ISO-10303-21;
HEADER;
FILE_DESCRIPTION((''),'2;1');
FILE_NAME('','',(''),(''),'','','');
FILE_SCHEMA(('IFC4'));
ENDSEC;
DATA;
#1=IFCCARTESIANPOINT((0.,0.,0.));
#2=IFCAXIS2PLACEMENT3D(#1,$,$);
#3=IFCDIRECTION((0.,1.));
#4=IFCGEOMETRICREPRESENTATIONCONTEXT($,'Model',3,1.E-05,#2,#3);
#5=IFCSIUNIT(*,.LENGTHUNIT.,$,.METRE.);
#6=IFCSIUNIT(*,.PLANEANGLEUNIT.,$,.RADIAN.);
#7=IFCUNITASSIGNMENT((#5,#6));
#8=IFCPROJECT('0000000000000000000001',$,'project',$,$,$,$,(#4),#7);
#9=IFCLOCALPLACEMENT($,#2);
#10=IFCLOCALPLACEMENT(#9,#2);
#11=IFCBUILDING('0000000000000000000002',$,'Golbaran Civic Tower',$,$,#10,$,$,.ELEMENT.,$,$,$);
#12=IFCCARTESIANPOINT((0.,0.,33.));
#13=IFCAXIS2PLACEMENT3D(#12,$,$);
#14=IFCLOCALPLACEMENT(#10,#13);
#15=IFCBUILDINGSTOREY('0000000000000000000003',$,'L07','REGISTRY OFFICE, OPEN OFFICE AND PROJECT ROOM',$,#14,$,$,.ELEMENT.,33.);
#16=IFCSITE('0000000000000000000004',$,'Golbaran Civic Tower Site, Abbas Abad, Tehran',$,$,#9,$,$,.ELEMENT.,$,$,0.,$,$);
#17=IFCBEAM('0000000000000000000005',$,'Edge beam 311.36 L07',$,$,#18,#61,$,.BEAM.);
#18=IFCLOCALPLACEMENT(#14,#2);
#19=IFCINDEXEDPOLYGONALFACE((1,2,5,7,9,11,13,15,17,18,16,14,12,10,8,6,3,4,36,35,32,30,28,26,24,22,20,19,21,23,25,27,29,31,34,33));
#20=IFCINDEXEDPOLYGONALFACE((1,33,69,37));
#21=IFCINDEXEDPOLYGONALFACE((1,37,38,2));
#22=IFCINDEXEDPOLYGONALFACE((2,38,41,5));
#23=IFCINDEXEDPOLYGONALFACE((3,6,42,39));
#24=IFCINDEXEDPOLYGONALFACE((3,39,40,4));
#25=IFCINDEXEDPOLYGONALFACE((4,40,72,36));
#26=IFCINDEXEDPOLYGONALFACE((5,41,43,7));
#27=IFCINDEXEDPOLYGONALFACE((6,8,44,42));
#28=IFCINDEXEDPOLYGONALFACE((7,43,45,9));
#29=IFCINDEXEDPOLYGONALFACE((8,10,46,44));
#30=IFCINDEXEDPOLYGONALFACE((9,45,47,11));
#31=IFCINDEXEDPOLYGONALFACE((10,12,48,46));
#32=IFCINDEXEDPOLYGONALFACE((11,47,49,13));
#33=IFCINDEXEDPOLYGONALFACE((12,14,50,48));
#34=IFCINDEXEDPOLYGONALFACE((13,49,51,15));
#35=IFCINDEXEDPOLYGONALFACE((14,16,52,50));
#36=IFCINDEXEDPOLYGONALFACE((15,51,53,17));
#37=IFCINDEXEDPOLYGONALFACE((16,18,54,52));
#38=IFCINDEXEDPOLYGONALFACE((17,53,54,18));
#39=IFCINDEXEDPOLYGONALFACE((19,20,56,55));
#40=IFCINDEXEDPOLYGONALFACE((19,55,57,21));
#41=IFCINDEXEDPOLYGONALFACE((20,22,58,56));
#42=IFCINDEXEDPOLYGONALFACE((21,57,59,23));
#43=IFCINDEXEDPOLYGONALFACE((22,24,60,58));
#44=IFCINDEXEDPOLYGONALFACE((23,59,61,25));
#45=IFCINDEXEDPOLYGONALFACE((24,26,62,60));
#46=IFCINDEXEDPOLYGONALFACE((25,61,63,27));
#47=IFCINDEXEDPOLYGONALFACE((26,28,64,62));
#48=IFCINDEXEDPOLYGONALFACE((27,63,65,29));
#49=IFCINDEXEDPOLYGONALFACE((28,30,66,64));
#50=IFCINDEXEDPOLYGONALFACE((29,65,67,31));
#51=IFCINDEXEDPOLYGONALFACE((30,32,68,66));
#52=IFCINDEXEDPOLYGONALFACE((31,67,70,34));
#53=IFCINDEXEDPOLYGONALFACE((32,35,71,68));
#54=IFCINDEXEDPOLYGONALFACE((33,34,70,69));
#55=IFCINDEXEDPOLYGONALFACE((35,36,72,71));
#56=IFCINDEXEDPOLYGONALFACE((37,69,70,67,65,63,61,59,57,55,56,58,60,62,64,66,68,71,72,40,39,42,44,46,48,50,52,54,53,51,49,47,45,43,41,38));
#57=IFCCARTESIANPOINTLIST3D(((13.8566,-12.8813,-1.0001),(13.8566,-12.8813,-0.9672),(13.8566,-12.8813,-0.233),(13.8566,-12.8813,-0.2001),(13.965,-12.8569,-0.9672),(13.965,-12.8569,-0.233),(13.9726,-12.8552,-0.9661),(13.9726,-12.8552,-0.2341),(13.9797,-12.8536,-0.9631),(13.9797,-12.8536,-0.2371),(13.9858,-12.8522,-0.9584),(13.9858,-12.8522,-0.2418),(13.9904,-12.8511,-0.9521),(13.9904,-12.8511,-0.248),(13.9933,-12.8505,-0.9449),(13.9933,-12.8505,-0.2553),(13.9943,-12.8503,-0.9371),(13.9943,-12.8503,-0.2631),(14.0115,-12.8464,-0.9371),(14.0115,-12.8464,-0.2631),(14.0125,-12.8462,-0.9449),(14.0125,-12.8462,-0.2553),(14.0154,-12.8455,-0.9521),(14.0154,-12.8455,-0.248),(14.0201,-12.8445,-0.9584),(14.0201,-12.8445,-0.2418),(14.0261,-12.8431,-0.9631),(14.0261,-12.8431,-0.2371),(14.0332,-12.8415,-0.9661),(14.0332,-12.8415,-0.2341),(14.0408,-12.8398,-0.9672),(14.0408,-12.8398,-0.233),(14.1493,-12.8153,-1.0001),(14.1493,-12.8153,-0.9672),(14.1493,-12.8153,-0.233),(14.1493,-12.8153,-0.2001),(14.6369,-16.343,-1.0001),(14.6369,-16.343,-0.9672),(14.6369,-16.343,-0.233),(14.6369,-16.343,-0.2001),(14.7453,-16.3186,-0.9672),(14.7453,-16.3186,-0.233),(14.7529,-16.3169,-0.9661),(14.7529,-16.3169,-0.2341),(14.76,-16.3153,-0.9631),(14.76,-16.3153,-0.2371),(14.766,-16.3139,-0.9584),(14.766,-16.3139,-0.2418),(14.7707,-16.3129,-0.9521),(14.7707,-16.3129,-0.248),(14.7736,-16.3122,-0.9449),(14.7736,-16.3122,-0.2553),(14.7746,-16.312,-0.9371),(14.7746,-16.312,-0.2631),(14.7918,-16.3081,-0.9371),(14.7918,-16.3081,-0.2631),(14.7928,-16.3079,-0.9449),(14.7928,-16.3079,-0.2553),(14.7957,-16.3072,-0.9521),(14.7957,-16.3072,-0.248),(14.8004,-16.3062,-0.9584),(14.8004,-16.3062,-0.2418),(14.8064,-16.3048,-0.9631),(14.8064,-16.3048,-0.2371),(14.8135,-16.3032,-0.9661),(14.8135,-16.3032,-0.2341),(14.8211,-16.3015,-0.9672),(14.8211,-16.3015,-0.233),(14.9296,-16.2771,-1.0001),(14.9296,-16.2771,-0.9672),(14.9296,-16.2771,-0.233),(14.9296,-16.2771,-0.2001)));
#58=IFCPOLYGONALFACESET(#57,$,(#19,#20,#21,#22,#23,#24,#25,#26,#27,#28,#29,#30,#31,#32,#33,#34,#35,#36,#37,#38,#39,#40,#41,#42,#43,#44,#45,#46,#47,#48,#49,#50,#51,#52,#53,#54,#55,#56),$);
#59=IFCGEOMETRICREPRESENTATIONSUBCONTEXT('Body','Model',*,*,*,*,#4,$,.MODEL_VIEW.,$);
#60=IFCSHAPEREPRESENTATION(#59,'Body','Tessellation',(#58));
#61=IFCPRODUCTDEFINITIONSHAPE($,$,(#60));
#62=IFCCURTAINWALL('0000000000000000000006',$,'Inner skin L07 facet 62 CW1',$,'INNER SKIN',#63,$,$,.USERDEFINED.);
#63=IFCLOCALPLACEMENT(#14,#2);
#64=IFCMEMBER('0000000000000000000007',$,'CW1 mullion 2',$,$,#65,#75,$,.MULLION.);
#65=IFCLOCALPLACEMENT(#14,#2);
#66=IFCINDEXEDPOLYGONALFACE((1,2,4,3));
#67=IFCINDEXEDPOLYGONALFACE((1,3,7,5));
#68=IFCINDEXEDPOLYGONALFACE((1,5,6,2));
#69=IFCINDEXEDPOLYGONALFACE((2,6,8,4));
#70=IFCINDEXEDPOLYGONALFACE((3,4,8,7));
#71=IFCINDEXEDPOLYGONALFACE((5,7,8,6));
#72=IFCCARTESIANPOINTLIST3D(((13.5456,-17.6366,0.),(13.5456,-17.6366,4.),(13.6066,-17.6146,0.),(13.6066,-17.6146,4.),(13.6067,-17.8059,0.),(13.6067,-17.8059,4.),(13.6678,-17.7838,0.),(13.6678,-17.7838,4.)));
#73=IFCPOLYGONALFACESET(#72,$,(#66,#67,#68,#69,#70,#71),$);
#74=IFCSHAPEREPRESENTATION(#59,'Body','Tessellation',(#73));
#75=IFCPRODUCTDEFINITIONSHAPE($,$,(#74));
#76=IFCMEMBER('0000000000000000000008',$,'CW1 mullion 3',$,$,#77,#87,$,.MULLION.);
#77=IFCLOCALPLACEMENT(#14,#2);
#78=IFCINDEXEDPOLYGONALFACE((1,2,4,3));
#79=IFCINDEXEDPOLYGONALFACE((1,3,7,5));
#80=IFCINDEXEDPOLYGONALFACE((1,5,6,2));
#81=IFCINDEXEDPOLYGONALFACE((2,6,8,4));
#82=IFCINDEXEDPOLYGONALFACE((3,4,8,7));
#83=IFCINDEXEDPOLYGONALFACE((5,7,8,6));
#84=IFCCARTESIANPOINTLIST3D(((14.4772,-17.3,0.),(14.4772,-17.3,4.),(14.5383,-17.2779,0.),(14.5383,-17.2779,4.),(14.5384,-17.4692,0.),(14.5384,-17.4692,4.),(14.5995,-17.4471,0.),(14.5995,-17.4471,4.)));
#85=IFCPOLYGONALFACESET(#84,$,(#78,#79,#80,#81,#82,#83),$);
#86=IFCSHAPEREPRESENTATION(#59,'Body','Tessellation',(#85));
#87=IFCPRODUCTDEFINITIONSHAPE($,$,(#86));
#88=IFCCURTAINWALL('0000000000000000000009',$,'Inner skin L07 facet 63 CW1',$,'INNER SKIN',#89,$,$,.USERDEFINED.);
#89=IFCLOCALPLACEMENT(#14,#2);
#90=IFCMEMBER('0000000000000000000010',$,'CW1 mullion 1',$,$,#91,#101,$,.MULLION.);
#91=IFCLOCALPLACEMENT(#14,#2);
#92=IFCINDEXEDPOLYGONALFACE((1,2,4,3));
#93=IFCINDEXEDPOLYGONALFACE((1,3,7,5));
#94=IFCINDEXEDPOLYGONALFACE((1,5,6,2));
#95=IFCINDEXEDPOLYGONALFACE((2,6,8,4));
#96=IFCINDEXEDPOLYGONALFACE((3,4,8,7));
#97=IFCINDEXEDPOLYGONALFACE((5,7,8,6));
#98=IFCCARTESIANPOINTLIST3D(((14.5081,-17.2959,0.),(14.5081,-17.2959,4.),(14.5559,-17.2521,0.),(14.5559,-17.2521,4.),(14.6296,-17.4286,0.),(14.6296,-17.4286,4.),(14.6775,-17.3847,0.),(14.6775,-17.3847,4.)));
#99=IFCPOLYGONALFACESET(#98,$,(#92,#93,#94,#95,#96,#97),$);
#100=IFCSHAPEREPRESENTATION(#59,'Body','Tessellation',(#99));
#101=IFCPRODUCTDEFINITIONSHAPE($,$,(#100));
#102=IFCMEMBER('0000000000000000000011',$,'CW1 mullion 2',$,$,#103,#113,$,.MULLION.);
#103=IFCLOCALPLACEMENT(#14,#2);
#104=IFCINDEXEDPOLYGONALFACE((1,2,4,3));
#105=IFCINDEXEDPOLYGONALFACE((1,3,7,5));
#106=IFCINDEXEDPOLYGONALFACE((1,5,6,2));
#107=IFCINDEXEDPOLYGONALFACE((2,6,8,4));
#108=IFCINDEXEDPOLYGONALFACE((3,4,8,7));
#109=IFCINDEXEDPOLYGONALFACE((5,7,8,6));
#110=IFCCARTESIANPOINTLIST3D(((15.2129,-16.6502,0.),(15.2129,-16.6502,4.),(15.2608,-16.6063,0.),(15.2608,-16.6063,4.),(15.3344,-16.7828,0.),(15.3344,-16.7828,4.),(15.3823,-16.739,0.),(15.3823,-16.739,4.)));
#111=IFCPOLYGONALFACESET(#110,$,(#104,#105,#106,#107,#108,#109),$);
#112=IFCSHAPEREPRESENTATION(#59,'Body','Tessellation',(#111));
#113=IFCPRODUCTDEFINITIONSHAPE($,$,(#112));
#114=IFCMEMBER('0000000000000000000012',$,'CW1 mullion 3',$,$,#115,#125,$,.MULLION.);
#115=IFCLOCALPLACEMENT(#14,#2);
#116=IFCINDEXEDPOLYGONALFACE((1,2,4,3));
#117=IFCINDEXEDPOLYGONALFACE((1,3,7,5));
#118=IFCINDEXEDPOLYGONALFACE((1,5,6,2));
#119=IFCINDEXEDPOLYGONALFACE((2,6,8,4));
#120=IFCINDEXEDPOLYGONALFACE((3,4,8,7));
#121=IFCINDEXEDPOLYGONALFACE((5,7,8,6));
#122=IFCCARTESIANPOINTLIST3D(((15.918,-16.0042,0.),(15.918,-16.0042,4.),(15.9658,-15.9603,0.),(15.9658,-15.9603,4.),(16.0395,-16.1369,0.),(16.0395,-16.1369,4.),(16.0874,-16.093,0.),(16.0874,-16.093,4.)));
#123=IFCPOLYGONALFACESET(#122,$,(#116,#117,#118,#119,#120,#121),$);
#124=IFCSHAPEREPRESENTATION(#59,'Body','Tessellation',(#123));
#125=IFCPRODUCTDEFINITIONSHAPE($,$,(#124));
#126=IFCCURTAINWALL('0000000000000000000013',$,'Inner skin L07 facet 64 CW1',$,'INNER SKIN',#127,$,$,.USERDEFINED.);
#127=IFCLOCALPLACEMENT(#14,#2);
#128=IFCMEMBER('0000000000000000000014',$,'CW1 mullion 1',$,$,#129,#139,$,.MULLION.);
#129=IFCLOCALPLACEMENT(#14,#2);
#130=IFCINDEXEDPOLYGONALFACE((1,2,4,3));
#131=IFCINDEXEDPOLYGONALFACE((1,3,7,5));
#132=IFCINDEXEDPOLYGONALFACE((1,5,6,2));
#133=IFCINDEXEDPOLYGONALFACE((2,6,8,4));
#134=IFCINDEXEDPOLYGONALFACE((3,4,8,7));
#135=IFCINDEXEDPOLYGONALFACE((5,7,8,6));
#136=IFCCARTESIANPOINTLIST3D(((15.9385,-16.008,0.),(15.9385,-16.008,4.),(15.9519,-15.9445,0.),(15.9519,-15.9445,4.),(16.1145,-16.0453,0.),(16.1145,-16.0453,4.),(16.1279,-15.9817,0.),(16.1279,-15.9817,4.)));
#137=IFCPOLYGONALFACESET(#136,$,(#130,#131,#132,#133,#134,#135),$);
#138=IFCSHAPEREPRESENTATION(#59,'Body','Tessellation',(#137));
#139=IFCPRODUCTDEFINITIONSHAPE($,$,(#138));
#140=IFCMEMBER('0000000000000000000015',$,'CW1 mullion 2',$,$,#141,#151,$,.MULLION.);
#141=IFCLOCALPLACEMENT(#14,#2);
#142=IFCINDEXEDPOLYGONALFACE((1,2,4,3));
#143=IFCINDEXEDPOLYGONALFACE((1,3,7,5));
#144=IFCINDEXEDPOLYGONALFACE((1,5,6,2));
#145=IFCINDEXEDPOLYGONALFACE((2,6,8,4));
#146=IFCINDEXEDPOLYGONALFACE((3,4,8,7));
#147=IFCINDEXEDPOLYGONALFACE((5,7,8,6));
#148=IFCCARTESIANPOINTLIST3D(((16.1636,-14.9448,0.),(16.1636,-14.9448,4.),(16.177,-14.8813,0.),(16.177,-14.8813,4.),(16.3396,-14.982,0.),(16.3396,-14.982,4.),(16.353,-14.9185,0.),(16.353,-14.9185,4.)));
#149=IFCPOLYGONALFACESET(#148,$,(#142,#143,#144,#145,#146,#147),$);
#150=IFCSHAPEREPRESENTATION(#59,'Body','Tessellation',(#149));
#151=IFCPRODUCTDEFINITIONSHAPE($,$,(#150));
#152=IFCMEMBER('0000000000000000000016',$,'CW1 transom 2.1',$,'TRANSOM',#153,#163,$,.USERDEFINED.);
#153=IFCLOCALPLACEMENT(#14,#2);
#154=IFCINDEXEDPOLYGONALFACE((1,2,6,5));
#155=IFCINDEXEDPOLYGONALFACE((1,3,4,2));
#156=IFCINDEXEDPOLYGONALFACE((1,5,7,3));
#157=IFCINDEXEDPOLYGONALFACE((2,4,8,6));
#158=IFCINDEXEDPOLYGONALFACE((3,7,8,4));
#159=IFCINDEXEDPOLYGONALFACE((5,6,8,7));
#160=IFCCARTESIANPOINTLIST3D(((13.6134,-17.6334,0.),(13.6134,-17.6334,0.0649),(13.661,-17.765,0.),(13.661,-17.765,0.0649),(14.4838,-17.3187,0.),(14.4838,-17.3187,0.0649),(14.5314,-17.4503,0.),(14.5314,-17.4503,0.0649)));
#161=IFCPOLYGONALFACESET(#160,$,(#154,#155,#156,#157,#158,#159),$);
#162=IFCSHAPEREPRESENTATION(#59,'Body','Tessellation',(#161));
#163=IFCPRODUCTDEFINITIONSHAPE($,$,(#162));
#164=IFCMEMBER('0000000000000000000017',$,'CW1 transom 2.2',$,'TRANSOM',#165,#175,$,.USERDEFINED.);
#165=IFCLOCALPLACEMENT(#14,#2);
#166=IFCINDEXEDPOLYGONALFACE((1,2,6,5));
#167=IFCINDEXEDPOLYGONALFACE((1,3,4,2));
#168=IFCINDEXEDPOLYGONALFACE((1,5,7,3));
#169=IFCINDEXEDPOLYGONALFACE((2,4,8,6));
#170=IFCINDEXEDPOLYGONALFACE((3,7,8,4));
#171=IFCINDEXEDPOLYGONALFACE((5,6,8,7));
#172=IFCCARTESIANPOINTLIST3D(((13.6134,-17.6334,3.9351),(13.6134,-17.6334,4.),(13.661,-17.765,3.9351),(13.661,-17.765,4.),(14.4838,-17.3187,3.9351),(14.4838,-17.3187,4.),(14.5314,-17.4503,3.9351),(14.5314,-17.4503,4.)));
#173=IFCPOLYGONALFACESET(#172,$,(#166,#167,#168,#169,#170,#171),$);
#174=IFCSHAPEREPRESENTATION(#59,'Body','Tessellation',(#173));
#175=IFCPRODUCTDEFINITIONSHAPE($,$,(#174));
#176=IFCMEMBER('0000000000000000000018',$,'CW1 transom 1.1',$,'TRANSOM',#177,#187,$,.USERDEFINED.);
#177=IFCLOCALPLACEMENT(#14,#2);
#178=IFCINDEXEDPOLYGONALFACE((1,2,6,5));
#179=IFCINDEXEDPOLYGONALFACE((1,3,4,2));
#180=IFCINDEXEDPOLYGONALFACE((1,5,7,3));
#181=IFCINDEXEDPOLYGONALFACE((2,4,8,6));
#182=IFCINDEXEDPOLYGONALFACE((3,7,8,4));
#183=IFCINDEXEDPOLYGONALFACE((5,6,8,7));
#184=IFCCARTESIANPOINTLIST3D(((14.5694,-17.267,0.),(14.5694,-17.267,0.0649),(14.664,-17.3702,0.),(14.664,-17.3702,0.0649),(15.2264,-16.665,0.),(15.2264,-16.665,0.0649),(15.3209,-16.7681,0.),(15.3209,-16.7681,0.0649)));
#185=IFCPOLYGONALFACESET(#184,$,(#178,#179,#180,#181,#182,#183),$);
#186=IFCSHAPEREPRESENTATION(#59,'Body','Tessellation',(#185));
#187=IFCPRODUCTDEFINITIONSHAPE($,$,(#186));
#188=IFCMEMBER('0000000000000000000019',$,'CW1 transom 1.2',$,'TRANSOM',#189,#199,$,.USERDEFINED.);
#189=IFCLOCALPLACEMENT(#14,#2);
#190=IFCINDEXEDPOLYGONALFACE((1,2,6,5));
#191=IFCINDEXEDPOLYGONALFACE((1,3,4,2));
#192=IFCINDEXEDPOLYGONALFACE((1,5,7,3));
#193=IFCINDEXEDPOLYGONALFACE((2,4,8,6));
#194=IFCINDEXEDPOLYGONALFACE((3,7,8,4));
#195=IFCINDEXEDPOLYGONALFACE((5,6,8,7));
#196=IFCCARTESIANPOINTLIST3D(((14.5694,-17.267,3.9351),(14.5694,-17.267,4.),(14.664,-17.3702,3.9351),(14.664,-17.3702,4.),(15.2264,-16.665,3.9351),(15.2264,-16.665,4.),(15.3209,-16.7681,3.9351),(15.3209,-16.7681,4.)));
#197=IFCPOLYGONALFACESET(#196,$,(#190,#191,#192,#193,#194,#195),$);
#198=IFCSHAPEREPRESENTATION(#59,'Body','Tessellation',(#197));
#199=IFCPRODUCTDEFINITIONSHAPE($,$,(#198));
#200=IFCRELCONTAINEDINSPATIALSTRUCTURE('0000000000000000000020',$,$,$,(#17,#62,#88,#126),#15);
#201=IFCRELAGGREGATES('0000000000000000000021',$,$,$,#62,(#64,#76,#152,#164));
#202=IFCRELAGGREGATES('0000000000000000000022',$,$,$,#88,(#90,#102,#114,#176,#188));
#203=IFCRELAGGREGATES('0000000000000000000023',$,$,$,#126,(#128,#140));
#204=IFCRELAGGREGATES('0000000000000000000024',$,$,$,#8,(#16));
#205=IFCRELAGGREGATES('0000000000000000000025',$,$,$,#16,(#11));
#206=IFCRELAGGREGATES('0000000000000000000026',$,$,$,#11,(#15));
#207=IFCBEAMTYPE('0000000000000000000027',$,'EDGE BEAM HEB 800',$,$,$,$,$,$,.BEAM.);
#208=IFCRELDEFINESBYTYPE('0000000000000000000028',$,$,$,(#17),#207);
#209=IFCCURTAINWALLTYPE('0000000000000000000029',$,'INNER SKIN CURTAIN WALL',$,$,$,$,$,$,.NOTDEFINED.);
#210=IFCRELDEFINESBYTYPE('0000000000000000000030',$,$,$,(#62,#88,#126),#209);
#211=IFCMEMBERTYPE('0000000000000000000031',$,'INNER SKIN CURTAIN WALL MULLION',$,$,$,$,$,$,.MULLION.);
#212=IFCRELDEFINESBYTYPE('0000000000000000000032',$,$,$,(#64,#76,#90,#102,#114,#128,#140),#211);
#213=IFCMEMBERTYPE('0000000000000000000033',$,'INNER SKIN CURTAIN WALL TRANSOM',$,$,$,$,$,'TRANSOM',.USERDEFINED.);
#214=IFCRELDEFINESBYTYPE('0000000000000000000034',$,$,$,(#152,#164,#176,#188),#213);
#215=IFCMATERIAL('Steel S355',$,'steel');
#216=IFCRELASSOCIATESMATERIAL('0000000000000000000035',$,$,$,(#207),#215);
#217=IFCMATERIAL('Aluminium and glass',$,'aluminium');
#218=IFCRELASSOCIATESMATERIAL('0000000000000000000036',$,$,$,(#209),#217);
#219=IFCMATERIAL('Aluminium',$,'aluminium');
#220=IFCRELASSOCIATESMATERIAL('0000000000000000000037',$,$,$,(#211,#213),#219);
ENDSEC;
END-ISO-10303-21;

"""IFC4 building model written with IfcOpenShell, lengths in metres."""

from ifc_helpers import new_model, si_unit, direction, frame, origin, origin_2d, place, context, subcontext, project, spatial, rectangle, i_section, extrude, material, material_profile, profile_set, type_object, element, aggregate, save


model = new_model("IFC4")

# Units and contexts
model_context = context("Model", 3, precision=1e-05, world=origin(), true_north=direction((0.0, 1.0)))
body_context = subcontext(model_context, "Body", "Model", "MODEL_VIEW")
ifc_project = project(units=[si_unit("LENGTHUNIT", "METRE"), si_unit("PLANEANGLEUNIT", "RADIAN")], contexts=[model_context])

# Site, building, storey
site_placement = place(None, origin())
site = spatial("IfcSite", under=ifc_project, at=site_placement, Name="Golbaran Civic Tower Site, Abbas Abad, Tehran", CompositionType="ELEMENT", RefElevation=0.0)
building_placement = place(site_placement, origin())
building = spatial("IfcBuilding", under=site, at=building_placement, Name="Golbaran Civic Tower", CompositionType="ELEMENT")
storey_placement = place(building_placement, frame((0.0, 0.0, 33.0)))
storey = spatial("IfcBuildingStorey", under=building, at=storey_placement, Name="L07", Description="REGISTRY OFFICE, OPEN OFFICE AND PROJECT ROOM", CompositionType="ELEMENT", Elevation=33.0)

# Beam
ifc_material_1 = material(Name="Steel S355", Category="steel")
ifc_material_profile_1 = material_profile(ifc_material_1, i_section(OverallWidth=0.3, OverallDepth=0.8, WebThickness=0.0176, FlangeThickness=0.033, FilletRadius=0.03, at=origin_2d()), Name="HEB 800")
ifc_profile_set_1 = profile_set([ifc_material_profile_1], Name="Steel S355")
beam_type = type_object("IfcBeamType", Name="EDGE BEAM HEB 800", PredefinedType="BEAM", material=ifc_profile_set_1)
beam_placement = place(storey_placement, frame((14.7832, -16.3101, -0.6001), z_axis=(-0.219887, 0.975525, 0.0), x_axis=(-0.975525, -0.219887, 0.0)))
element("IfcBeam", 1, at=beam_placement, inside=storey, type_object=beam_type, Name="Edge beam 311.36 L07", PredefinedType="BEAM", context=body_context, shape_type="SweptSolid", body=[
    extrude(i_section(OverallWidth=0.3, OverallDepth=0.8, WebThickness=0.0176, FlangeThickness=0.033, FilletRadius=0.03, at=origin_2d()), origin(), (0.0, 0.0, 1.0), 3.5486),
])

# Curtain walls, members
ifc_material_2 = material(Name="Aluminium and glass", Category="aluminium")
curtain_wall_type = type_object("IfcCurtainWallType", Name="INNER SKIN CURTAIN WALL", PredefinedType="NOTDEFINED", material=ifc_material_2)
curtain_wall_1_placement = place(storey_placement, origin())
curtain_wall_1 = element("IfcCurtainWall", 2, at=curtain_wall_1_placement, inside=storey, type_object=curtain_wall_type, Name="Inner skin L07 facet 62 CW1", ObjectType="INNER SKIN", PredefinedType="USERDEFINED")
ifc_material_3 = material(Name="Aluminium", Category="aluminium")
ifc_material_profile_2 = material_profile(ifc_material_3, rectangle(XDim=0.1799, YDim=0.0649, at=origin_2d()), Name="INNER SKIN CURTAIN WALL MULLION")
ifc_profile_set_2 = profile_set([ifc_material_profile_2], Name="Aluminium")
member_type_1 = type_object("IfcMemberType", Name="INNER SKIN CURTAIN WALL MULLION", PredefinedType="MULLION", material=ifc_profile_set_2)
member_1_placement = place(storey_placement, frame((13.6067, -17.7102, 0.0), z_axis=(0.0, 0.0, 1.0), x_axis=(-0.340045, 0.940409, 0.0)))
member_1 = element("IfcMember", 3, at=member_1_placement, type_object=member_type_1, Name="CW1 mullion 2", PredefinedType="MULLION", context=body_context, shape_type="SweptSolid", body=[
    extrude(rectangle(XDim=0.1799, YDim=0.0649, at=origin_2d()), origin(), (0.0, 0.0, 1.0), 4.0),
])
member_2_placement = place(storey_placement, frame((14.5383, -17.3735, 0.0), z_axis=(0.0, 0.0, 1.0), x_axis=(-0.340045, 0.940409, 0.0)))
member_2 = element("IfcMember", 4, at=member_2_placement, type_object=member_type_1, Name="CW1 mullion 3", PredefinedType="MULLION", context=body_context, shape_type="SweptSolid", body=[
    extrude(rectangle(XDim=0.1799, YDim=0.0649, at=origin_2d()), origin(), (0.0, 0.0, 1.0), 4.0),
])
curtain_wall_2_placement = place(storey_placement, origin())
curtain_wall_2 = element("IfcCurtainWall", 5, at=curtain_wall_2_placement, inside=storey, type_object=curtain_wall_type, Name="Inner skin L07 facet 63 CW1", ObjectType="INNER SKIN", PredefinedType="USERDEFINED")
member_3_placement = place(storey_placement, frame((14.5928, -17.3403, 0.0), z_axis=(0.0, 0.0, 1.0), x_axis=(-0.67559, 0.737277, 0.0)))
member_3 = element("IfcMember", 6, at=member_3_placement, type_object=member_type_1, Name="CW1 mullion 1", PredefinedType="MULLION", context=body_context, shape_type="SweptSolid", body=[
    extrude(rectangle(XDim=0.1799, YDim=0.0649, at=origin_2d()), origin(), (0.0, 0.0, 1.0), 4.0),
])
member_4_placement = place(storey_placement, frame((15.2976, -16.6946, 0.0), z_axis=(0.0, 0.0, 1.0), x_axis=(-0.67559, 0.737277, 0.0)))
member_4 = element("IfcMember", 7, at=member_4_placement, type_object=member_type_1, Name="CW1 mullion 2", PredefinedType="MULLION", context=body_context, shape_type="SweptSolid", body=[
    extrude(rectangle(XDim=0.1799, YDim=0.0649, at=origin_2d()), origin(), (0.0, 0.0, 1.0), 4.0),
])
member_5_placement = place(storey_placement, frame((16.0027, -16.0486, 0.0), z_axis=(0.0, 0.0, 1.0), x_axis=(-0.67559, 0.737277, 0.0)))
member_5 = element("IfcMember", 8, at=member_5_placement, type_object=member_type_1, Name="CW1 mullion 3", PredefinedType="MULLION", context=body_context, shape_type="SweptSolid", body=[
    extrude(rectangle(XDim=0.1799, YDim=0.0649, at=origin_2d()), origin(), (0.0, 0.0, 1.0), 4.0),
])
curtain_wall_3_placement = place(storey_placement, origin())
curtain_wall_3 = element("IfcCurtainWall", 9, at=curtain_wall_3_placement, inside=storey, type_object=curtain_wall_type, Name="Inner skin L07 facet 64 CW1", ObjectType="INNER SKIN", PredefinedType="USERDEFINED")
member_6_placement = place(storey_placement, frame((16.0332, -15.9949, 0.0), z_axis=(0.0, 0.0, 1.0), x_axis=(-0.978346, 0.206977, 0.0)))
member_6 = element("IfcMember", 10, at=member_6_placement, type_object=member_type_1, Name="CW1 mullion 1", PredefinedType="MULLION", context=body_context, shape_type="SweptSolid", body=[
    extrude(rectangle(XDim=0.1799, YDim=0.0649, at=origin_2d()), origin(), (0.0, 0.0, 1.0), 4.0),
])
member_7_placement = place(storey_placement, frame((16.2583, -14.9316, 0.0), z_axis=(0.0, 0.0, 1.0), x_axis=(-0.978346, 0.206977, 0.0)))
member_7 = element("IfcMember", 11, at=member_7_placement, type_object=member_type_1, Name="CW1 mullion 2", PredefinedType="MULLION", context=body_context, shape_type="SweptSolid", body=[
    extrude(rectangle(XDim=0.1799, YDim=0.0649, at=origin_2d()), origin(), (0.0, 0.0, 1.0), 4.0),
])

# Members
ifc_material_profile_3 = material_profile(ifc_material_3, rectangle(XDim=0.1399, YDim=0.0649, at=origin_2d()), Name="INNER SKIN CURTAIN WALL TRANSOM")
ifc_profile_set_3 = profile_set([ifc_material_profile_3], Name="Aluminium")
member_type_2 = type_object("IfcMemberType", Name="INNER SKIN CURTAIN WALL TRANSOM", ElementType="TRANSOM", PredefinedType="USERDEFINED", material=ifc_profile_set_3)
member_8_placement = place(storey_placement, frame((13.6372, -17.6992, 0.0325), z_axis=(0.940416, 0.340027, 0.0), x_axis=(-0.340027, 0.940416, 0.0)))
member_8 = element("IfcMember", 12, at=member_8_placement, type_object=member_type_2, Name="CW1 transom 2.1", ObjectType="TRANSOM", PredefinedType="USERDEFINED", context=body_context, shape_type="SweptSolid", body=[
    extrude(rectangle(XDim=0.1399, YDim=0.0649, at=origin_2d()), origin(), (0.0, 0.0, 1.0), 0.9255),
])
member_9_placement = place(storey_placement, frame((13.6372, -17.6992, 3.9675), z_axis=(0.940416, 0.340027, 0.0), x_axis=(-0.340027, 0.940416, 0.0)))
member_9 = element("IfcMember", 13, at=member_9_placement, type_object=member_type_2, Name="CW1 transom 2.2", ObjectType="TRANSOM", PredefinedType="USERDEFINED", context=body_context, shape_type="SweptSolid", body=[
    extrude(rectangle(XDim=0.1399, YDim=0.0649, at=origin_2d()), origin(), (0.0, 0.0, 1.0), 0.9255),
])
member_10_placement = place(storey_placement, frame((14.6167, -17.3186, 0.0325), z_axis=(0.737256, 0.675613, 0.0), x_axis=(-0.675613, 0.737256, 0.0)))
member_10 = element("IfcMember", 14, at=member_10_placement, type_object=member_type_2, Name="CW1 transom 1.1", ObjectType="TRANSOM", PredefinedType="USERDEFINED", context=body_context, shape_type="SweptSolid", body=[
    extrude(rectangle(XDim=0.1399, YDim=0.0649, at=origin_2d()), origin(), (0.0, 0.0, 1.0), 0.8911),
])
member_11_placement = place(storey_placement, frame((14.6167, -17.3186, 3.9675), z_axis=(0.737256, 0.675613, 0.0), x_axis=(-0.675613, 0.737256, 0.0)))
member_11 = element("IfcMember", 15, at=member_11_placement, type_object=member_type_2, Name="CW1 transom 1.2", ObjectType="TRANSOM", PredefinedType="USERDEFINED", context=body_context, shape_type="SweptSolid", body=[
    extrude(rectangle(XDim=0.1399, YDim=0.0649, at=origin_2d()), origin(), (0.0, 0.0, 1.0), 0.8911),
])

aggregate(curtain_wall_1, [member_1, member_2, member_8, member_9])
aggregate(curtain_wall_2, [member_3, member_4, member_5, member_10, member_11])
aggregate(curtain_wall_3, [member_6, member_7])

save(model, "model.ifc")
